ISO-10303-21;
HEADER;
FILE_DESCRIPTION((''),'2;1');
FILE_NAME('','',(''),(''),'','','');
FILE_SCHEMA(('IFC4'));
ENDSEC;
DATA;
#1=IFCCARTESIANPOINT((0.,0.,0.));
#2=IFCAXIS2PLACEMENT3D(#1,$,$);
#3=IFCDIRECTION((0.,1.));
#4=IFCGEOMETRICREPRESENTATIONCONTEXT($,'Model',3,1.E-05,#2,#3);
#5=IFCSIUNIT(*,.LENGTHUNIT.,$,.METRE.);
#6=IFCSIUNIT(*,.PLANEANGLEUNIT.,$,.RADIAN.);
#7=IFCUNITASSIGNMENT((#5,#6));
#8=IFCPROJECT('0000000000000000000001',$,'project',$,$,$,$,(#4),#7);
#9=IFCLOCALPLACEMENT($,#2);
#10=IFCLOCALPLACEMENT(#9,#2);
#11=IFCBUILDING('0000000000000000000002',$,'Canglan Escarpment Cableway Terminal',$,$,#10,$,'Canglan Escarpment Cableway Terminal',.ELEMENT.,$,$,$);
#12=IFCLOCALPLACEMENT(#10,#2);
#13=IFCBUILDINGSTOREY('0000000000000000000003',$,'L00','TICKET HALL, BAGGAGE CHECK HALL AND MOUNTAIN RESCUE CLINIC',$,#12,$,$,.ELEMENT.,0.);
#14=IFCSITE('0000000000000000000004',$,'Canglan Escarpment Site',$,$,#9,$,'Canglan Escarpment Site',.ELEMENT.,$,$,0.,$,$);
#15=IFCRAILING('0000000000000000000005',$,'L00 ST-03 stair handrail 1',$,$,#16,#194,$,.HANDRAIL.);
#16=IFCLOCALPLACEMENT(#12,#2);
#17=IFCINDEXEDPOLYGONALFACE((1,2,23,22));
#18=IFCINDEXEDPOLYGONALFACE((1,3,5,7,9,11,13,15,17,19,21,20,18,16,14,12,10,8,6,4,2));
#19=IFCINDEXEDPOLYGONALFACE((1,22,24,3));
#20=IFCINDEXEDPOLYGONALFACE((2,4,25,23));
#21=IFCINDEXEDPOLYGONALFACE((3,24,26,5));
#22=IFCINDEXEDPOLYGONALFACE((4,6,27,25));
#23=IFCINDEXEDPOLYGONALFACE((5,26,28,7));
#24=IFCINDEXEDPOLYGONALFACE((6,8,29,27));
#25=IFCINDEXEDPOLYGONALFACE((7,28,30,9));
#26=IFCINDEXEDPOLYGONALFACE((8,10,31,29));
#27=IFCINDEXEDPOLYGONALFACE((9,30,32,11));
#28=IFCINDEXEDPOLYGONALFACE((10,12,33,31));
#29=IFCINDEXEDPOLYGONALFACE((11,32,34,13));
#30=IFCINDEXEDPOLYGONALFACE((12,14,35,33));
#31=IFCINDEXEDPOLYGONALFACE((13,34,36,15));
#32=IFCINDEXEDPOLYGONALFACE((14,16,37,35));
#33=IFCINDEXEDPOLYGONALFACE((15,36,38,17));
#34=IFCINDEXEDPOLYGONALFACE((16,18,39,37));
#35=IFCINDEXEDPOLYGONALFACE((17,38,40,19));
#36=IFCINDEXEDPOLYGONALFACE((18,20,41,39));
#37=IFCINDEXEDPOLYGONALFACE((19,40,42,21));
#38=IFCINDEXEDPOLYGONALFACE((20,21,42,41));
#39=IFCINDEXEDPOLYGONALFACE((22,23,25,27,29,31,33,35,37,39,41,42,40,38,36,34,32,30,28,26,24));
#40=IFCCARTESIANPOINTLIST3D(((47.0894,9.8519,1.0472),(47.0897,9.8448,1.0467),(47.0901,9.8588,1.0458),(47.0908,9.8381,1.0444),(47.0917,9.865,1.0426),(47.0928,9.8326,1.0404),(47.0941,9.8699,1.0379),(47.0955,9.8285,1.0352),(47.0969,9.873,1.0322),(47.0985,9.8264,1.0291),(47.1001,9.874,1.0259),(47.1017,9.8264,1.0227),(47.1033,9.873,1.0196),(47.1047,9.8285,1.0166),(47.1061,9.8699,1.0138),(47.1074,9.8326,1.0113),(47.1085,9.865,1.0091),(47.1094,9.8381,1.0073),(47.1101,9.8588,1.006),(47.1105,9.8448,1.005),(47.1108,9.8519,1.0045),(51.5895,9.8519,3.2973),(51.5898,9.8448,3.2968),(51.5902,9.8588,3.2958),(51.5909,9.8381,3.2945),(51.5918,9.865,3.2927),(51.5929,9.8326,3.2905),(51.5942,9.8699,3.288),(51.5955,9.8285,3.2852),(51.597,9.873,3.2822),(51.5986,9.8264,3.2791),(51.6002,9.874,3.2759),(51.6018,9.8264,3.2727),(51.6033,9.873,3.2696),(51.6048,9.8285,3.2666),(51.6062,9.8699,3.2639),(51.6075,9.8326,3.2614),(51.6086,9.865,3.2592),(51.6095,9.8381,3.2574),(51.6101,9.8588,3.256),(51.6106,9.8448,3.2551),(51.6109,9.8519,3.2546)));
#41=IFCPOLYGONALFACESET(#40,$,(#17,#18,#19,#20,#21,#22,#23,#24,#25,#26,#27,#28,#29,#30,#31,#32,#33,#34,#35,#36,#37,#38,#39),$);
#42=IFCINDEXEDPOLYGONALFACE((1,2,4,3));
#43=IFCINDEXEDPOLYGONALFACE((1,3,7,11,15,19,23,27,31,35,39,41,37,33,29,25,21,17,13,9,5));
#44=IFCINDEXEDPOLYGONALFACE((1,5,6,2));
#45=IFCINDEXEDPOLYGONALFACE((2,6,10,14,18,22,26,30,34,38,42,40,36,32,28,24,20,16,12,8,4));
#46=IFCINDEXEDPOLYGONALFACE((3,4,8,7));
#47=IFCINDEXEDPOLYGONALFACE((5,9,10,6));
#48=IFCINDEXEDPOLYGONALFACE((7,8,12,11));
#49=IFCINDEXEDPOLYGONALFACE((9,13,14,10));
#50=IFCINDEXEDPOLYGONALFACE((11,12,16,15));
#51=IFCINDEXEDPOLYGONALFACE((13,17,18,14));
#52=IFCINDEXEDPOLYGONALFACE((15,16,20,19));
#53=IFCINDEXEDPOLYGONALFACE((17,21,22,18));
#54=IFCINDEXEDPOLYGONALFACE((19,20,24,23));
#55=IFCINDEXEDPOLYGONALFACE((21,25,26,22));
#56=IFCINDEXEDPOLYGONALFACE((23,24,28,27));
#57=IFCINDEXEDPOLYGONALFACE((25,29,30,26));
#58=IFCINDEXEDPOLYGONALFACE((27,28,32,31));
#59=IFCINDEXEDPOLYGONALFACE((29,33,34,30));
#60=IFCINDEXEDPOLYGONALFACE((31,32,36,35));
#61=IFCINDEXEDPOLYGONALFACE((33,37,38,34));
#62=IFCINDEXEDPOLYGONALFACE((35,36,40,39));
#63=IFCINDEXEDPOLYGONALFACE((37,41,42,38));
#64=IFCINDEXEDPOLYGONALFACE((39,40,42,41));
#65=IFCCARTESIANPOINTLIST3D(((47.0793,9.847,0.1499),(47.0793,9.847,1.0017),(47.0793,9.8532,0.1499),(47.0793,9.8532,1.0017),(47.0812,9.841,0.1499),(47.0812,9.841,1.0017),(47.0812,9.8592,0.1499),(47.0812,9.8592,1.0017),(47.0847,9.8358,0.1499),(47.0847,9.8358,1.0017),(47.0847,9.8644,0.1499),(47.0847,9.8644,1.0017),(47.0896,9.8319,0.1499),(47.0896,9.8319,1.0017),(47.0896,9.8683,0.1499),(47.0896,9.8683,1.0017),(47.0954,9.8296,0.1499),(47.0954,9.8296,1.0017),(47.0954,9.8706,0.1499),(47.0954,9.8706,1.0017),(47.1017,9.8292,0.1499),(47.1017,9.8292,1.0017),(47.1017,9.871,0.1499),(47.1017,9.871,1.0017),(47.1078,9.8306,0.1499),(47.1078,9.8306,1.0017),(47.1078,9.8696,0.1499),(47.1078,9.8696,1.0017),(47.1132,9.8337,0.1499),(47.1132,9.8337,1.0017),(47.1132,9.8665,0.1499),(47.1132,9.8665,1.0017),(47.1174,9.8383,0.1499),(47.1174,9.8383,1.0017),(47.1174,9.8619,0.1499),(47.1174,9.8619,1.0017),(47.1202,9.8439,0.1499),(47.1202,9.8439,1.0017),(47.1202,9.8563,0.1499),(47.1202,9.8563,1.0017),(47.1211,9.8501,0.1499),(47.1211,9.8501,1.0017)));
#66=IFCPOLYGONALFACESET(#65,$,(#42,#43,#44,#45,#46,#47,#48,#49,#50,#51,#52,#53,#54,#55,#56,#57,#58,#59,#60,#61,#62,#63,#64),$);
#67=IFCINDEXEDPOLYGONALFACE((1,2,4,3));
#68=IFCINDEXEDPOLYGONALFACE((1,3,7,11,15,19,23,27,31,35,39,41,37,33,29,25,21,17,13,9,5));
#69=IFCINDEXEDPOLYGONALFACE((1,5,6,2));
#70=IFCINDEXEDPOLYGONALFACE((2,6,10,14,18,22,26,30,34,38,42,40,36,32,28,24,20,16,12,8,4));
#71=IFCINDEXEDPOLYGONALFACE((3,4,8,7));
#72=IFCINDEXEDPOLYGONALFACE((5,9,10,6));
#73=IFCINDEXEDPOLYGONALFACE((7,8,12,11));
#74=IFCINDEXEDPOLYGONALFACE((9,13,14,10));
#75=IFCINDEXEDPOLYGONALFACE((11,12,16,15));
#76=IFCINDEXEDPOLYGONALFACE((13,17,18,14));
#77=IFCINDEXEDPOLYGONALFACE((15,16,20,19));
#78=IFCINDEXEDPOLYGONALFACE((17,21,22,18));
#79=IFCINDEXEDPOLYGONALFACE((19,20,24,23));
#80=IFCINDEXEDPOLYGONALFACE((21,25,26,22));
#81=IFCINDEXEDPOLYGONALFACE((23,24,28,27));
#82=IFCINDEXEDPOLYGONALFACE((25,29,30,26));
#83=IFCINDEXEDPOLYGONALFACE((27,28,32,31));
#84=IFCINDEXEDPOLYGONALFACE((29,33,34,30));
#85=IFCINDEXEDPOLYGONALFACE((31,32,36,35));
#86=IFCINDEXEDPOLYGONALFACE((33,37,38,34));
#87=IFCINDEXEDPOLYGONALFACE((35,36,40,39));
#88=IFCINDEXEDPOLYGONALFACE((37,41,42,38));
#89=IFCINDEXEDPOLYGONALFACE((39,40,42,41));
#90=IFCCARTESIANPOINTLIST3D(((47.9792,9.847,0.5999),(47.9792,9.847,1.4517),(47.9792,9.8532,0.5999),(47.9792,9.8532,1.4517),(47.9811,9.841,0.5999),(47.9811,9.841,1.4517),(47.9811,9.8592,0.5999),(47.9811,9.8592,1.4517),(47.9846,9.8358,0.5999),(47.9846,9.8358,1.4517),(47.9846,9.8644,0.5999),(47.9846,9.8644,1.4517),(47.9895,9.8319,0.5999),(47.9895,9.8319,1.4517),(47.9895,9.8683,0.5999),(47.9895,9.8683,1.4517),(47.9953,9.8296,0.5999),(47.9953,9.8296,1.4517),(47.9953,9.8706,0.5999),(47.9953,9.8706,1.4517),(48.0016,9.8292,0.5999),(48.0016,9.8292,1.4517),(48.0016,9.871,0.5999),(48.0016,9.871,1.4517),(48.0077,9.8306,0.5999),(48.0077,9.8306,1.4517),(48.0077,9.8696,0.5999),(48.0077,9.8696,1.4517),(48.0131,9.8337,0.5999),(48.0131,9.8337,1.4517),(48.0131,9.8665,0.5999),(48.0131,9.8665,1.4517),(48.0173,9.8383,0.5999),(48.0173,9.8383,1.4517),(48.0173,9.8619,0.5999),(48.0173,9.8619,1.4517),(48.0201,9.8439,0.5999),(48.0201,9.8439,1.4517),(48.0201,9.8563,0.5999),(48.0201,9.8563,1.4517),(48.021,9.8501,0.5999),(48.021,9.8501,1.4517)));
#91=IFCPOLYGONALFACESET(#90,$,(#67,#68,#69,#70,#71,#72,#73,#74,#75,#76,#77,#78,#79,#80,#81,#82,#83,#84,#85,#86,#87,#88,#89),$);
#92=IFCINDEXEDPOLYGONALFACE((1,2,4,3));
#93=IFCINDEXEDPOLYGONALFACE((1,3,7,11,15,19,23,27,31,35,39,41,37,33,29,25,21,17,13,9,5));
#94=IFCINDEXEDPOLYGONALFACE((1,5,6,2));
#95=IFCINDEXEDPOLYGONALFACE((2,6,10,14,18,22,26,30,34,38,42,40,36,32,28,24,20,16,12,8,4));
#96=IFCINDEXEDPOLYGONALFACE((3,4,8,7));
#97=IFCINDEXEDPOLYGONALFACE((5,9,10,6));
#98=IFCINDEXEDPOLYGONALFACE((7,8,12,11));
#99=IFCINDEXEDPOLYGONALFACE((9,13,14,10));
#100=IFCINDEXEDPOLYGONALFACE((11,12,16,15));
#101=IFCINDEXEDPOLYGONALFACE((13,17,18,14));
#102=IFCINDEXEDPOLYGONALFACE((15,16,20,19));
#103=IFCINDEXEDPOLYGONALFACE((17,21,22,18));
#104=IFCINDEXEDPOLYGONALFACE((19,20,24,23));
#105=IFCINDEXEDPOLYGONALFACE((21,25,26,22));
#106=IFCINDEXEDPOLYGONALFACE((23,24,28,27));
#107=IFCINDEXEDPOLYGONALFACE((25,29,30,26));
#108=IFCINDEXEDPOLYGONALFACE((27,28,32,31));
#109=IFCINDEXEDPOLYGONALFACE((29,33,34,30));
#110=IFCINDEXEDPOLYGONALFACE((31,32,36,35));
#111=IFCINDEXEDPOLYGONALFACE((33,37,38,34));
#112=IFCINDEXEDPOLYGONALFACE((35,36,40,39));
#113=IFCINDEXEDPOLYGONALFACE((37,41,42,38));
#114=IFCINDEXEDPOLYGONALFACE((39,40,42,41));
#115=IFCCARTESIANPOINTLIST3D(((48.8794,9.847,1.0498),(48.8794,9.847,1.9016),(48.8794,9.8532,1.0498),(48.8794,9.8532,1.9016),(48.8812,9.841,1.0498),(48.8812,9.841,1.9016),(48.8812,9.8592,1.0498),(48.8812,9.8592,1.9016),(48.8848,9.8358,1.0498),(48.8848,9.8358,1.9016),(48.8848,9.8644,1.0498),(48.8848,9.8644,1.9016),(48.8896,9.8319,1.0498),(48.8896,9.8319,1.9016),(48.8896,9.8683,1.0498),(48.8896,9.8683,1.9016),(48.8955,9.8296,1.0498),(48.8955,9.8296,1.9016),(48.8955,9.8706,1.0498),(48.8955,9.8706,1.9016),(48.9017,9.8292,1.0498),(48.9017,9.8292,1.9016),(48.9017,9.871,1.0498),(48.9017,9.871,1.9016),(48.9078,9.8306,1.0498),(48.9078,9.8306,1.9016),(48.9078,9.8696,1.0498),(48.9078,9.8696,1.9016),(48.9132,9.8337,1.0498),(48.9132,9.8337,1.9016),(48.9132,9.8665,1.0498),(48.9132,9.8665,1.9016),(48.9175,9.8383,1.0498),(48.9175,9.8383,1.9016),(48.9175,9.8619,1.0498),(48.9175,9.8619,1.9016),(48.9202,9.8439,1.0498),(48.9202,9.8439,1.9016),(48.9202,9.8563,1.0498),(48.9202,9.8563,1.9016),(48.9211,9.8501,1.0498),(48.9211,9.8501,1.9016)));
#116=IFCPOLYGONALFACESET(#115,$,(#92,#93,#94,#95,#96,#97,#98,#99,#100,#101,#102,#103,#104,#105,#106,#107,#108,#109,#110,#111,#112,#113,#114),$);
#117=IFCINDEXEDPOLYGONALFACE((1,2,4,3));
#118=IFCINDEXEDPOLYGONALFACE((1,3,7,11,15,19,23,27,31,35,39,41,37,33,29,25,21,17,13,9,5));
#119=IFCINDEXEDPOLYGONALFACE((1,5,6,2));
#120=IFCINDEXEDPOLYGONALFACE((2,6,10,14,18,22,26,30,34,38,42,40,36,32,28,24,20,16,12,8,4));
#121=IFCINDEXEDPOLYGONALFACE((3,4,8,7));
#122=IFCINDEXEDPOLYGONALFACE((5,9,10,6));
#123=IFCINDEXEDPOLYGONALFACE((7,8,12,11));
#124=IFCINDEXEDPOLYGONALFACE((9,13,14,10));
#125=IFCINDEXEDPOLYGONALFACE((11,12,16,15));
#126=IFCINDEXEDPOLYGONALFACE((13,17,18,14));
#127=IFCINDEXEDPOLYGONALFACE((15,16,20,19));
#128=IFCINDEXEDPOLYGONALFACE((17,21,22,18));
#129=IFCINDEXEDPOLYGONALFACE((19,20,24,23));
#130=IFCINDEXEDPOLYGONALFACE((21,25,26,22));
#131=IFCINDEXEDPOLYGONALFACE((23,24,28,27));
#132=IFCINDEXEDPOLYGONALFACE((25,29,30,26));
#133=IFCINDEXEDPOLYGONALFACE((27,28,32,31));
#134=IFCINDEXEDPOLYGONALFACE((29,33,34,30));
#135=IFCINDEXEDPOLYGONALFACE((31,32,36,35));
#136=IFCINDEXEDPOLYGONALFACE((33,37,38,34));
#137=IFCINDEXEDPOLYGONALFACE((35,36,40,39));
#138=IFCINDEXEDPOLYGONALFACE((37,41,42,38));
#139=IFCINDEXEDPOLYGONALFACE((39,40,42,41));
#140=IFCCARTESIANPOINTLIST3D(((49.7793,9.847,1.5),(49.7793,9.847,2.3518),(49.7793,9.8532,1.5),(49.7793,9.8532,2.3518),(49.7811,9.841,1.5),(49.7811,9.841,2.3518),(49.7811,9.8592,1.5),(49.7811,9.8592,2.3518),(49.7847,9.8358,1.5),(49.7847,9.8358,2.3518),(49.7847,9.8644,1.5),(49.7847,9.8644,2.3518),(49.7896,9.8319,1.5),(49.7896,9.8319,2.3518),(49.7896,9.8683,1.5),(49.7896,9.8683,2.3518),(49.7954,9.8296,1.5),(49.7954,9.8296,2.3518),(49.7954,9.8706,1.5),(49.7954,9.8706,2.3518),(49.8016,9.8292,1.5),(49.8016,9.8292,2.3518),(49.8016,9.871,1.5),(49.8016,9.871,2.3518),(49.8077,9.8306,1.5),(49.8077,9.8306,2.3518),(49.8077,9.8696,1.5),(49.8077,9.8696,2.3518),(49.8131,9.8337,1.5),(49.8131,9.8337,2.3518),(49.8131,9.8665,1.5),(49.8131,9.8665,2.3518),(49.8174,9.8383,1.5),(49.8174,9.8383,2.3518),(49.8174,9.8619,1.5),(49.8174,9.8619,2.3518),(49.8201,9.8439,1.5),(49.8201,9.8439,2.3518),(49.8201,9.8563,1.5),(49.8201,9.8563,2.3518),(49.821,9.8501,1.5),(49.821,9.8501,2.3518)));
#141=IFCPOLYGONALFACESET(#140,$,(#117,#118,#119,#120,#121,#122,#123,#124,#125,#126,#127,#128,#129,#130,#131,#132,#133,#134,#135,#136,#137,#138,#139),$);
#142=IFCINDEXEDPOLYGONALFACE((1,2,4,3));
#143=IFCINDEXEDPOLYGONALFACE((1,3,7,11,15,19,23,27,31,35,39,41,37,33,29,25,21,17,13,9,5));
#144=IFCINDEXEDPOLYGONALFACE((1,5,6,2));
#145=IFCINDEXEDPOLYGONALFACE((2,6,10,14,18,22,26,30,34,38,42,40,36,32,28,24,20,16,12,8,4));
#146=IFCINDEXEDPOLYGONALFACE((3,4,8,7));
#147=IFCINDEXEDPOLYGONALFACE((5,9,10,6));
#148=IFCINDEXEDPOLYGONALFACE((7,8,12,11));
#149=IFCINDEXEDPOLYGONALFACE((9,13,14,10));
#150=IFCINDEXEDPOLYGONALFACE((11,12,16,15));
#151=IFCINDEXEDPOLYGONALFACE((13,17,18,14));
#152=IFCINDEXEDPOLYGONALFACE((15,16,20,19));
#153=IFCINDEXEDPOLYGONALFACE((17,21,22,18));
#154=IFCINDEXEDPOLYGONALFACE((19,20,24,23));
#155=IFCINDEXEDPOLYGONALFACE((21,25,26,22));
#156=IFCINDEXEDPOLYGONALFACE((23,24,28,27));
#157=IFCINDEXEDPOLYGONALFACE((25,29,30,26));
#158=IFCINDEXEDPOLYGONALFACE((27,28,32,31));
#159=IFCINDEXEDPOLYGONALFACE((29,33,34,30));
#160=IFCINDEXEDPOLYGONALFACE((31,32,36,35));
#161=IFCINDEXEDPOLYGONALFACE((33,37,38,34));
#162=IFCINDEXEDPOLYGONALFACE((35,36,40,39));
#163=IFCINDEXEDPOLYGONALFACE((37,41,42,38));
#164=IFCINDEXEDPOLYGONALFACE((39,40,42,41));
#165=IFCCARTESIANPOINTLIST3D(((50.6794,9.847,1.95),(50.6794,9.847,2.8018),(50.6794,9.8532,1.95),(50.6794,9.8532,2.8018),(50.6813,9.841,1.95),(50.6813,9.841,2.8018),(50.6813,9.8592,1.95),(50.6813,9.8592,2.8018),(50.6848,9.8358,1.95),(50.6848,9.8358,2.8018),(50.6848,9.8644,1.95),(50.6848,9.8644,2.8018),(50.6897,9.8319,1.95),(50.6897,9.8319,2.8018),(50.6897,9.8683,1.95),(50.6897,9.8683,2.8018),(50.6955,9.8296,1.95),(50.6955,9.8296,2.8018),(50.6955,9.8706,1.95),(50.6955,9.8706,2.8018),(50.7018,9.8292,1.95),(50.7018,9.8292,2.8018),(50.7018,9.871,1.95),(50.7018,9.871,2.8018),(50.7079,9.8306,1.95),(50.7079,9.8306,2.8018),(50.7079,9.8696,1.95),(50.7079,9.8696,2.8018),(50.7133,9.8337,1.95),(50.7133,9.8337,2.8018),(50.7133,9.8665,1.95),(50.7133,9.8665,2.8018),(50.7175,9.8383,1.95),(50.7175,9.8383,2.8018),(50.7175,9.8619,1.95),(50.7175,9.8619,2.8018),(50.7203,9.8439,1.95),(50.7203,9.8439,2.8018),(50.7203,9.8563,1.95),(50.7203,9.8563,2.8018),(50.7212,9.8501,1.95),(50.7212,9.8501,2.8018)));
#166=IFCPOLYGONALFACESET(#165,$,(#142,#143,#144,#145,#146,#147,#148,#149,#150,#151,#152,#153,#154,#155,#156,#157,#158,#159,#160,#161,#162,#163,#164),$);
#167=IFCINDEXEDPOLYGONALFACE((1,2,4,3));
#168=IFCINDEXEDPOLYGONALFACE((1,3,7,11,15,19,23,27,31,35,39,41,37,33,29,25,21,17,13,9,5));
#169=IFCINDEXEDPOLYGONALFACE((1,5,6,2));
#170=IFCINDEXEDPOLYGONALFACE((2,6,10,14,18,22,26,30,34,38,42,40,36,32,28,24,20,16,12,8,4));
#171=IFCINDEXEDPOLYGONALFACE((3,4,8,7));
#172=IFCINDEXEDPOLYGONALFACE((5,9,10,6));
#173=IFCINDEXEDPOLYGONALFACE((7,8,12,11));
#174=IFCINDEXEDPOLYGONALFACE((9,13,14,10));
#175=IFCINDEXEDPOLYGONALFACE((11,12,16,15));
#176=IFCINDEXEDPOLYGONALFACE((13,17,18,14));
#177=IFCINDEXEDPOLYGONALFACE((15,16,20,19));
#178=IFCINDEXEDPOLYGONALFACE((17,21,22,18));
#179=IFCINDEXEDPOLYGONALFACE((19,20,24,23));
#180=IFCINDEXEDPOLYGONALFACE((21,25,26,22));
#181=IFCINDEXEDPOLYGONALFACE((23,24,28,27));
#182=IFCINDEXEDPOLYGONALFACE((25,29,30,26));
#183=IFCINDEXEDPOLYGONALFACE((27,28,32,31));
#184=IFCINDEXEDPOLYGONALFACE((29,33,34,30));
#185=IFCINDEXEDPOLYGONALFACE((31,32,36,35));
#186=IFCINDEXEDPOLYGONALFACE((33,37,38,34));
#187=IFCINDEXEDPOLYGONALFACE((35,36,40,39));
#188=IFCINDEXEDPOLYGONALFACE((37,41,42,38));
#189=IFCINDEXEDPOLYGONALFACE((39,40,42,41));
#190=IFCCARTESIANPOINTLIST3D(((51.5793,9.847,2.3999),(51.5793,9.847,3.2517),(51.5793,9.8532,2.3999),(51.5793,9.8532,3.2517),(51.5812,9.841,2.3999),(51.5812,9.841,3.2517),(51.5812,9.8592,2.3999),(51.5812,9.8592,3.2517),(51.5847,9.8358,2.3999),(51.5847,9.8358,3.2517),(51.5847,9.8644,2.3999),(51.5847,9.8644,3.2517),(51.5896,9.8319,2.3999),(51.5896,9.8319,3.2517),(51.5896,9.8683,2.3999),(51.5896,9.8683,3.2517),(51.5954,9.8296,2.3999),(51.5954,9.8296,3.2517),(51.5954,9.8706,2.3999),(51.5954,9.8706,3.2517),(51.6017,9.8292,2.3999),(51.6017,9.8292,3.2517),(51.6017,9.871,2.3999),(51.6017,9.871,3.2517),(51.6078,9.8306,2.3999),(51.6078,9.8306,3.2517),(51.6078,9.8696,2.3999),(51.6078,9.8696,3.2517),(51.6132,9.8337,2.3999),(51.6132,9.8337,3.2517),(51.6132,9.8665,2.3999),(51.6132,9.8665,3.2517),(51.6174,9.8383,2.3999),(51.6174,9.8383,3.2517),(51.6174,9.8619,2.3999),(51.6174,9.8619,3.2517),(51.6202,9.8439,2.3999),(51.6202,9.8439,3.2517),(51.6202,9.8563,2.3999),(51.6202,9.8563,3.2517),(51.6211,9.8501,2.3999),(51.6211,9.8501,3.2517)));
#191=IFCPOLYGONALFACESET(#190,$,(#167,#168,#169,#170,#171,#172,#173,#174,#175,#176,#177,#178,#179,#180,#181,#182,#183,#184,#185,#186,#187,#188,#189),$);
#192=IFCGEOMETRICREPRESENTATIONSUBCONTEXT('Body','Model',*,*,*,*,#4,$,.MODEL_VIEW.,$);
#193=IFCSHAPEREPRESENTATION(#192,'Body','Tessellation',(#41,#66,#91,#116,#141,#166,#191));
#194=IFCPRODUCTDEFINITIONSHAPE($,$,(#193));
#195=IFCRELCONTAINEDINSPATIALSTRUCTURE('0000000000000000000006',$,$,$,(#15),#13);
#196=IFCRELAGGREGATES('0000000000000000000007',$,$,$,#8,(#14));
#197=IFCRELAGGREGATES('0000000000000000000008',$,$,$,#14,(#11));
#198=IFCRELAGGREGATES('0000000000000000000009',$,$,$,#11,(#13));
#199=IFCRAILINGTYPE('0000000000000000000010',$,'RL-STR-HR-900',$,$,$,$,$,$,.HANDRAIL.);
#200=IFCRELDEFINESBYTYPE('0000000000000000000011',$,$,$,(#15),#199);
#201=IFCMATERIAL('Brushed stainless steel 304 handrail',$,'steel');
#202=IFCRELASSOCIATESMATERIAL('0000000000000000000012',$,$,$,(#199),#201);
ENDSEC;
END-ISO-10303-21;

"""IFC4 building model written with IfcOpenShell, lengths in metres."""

from ifc_helpers import new_model, si_unit, direction, frame, origin, origin_2d, place, context, subcontext, project, spatial, circle, extrude, material, type_object, element, save


model = new_model("IFC4")

# Units and contexts
model_context = context("Model", 3, precision=1e-05, world=origin(), true_north=direction((0.0, 1.0)))
body_context = subcontext(model_context, "Body", "Model", "MODEL_VIEW")
ifc_project = project(units=[si_unit("LENGTHUNIT", "METRE"), si_unit("PLANEANGLEUNIT", "RADIAN")], contexts=[model_context])

# Site, building, storey
site_placement = place(None, origin())
site = spatial("IfcSite", under=ifc_project, at=site_placement, Name="Canglan Escarpment Site", LongName="Canglan Escarpment Site", CompositionType="ELEMENT", RefElevation=0.0)
building_placement = place(site_placement, origin())
building = spatial("IfcBuilding", under=site, at=building_placement, Name="Canglan Escarpment Cableway Terminal", LongName="Canglan Escarpment Cableway Terminal", CompositionType="ELEMENT")
storey_placement = place(building_placement, origin())
storey = spatial("IfcBuildingStorey", under=building, at=storey_placement, Name="L00", Description="TICKET HALL, BAGGAGE CHECK HALL AND MOUNTAIN RESCUE CLINIC", CompositionType="ELEMENT", Elevation=0.0)

# Railing
ifc_material_1 = material(Name="Brushed stainless steel 304 handrail", Category="steel")
railing_type_1 = type_object("IfcRailingType", Name="RL-STR-HR-900", PredefinedType="HANDRAIL", material=ifc_material_1)
railing_1_placement = place(storey_placement, frame((47.1001, 9.8501, 0.1499)))
element("IfcRailing", 1, at=railing_1_placement, inside=storey, type_object=railing_type_1, Name="L00 ST-03 stair handrail 1", PredefinedType="HANDRAIL", context=body_context, shape_type="SweptSolid", body=[
    extrude(circle(Radius=0.0239, at=origin_2d()), frame((0.0, 0.0, 0.876), z_axis=(0.894427, 0.0, 0.447214), x_axis=(0.0, 1.0, 0.0)), (0.0, 0.0, 1.0), 5.0312),
    extrude(circle(Radius=0.021, at=origin_2d()), origin(), (0.0, 0.0, 1.0), 0.8518),
    extrude(circle(Radius=0.021, at=origin_2d()), frame((0.8999, 0.0, 0.45)), (0.0, 0.0, 1.0), 0.8518),
    extrude(circle(Radius=0.021, at=origin_2d()), frame((1.8, 0.0, 0.8999)), (0.0, 0.0, 1.0), 0.8518),
    extrude(circle(Radius=0.021, at=origin_2d()), frame((2.7, 0.0, 1.3501)), (0.0, 0.0, 1.0), 0.8518),
    extrude(circle(Radius=0.021, at=origin_2d()), frame((3.6001, 0.0, 1.8)), (0.0, 0.0, 1.0), 0.8518),
    extrude(circle(Radius=0.021, at=origin_2d()), frame((4.5, 0.0, 2.25)), (0.0, 0.0, 1.0), 0.8518),
])

save(model, "model.ifc")
